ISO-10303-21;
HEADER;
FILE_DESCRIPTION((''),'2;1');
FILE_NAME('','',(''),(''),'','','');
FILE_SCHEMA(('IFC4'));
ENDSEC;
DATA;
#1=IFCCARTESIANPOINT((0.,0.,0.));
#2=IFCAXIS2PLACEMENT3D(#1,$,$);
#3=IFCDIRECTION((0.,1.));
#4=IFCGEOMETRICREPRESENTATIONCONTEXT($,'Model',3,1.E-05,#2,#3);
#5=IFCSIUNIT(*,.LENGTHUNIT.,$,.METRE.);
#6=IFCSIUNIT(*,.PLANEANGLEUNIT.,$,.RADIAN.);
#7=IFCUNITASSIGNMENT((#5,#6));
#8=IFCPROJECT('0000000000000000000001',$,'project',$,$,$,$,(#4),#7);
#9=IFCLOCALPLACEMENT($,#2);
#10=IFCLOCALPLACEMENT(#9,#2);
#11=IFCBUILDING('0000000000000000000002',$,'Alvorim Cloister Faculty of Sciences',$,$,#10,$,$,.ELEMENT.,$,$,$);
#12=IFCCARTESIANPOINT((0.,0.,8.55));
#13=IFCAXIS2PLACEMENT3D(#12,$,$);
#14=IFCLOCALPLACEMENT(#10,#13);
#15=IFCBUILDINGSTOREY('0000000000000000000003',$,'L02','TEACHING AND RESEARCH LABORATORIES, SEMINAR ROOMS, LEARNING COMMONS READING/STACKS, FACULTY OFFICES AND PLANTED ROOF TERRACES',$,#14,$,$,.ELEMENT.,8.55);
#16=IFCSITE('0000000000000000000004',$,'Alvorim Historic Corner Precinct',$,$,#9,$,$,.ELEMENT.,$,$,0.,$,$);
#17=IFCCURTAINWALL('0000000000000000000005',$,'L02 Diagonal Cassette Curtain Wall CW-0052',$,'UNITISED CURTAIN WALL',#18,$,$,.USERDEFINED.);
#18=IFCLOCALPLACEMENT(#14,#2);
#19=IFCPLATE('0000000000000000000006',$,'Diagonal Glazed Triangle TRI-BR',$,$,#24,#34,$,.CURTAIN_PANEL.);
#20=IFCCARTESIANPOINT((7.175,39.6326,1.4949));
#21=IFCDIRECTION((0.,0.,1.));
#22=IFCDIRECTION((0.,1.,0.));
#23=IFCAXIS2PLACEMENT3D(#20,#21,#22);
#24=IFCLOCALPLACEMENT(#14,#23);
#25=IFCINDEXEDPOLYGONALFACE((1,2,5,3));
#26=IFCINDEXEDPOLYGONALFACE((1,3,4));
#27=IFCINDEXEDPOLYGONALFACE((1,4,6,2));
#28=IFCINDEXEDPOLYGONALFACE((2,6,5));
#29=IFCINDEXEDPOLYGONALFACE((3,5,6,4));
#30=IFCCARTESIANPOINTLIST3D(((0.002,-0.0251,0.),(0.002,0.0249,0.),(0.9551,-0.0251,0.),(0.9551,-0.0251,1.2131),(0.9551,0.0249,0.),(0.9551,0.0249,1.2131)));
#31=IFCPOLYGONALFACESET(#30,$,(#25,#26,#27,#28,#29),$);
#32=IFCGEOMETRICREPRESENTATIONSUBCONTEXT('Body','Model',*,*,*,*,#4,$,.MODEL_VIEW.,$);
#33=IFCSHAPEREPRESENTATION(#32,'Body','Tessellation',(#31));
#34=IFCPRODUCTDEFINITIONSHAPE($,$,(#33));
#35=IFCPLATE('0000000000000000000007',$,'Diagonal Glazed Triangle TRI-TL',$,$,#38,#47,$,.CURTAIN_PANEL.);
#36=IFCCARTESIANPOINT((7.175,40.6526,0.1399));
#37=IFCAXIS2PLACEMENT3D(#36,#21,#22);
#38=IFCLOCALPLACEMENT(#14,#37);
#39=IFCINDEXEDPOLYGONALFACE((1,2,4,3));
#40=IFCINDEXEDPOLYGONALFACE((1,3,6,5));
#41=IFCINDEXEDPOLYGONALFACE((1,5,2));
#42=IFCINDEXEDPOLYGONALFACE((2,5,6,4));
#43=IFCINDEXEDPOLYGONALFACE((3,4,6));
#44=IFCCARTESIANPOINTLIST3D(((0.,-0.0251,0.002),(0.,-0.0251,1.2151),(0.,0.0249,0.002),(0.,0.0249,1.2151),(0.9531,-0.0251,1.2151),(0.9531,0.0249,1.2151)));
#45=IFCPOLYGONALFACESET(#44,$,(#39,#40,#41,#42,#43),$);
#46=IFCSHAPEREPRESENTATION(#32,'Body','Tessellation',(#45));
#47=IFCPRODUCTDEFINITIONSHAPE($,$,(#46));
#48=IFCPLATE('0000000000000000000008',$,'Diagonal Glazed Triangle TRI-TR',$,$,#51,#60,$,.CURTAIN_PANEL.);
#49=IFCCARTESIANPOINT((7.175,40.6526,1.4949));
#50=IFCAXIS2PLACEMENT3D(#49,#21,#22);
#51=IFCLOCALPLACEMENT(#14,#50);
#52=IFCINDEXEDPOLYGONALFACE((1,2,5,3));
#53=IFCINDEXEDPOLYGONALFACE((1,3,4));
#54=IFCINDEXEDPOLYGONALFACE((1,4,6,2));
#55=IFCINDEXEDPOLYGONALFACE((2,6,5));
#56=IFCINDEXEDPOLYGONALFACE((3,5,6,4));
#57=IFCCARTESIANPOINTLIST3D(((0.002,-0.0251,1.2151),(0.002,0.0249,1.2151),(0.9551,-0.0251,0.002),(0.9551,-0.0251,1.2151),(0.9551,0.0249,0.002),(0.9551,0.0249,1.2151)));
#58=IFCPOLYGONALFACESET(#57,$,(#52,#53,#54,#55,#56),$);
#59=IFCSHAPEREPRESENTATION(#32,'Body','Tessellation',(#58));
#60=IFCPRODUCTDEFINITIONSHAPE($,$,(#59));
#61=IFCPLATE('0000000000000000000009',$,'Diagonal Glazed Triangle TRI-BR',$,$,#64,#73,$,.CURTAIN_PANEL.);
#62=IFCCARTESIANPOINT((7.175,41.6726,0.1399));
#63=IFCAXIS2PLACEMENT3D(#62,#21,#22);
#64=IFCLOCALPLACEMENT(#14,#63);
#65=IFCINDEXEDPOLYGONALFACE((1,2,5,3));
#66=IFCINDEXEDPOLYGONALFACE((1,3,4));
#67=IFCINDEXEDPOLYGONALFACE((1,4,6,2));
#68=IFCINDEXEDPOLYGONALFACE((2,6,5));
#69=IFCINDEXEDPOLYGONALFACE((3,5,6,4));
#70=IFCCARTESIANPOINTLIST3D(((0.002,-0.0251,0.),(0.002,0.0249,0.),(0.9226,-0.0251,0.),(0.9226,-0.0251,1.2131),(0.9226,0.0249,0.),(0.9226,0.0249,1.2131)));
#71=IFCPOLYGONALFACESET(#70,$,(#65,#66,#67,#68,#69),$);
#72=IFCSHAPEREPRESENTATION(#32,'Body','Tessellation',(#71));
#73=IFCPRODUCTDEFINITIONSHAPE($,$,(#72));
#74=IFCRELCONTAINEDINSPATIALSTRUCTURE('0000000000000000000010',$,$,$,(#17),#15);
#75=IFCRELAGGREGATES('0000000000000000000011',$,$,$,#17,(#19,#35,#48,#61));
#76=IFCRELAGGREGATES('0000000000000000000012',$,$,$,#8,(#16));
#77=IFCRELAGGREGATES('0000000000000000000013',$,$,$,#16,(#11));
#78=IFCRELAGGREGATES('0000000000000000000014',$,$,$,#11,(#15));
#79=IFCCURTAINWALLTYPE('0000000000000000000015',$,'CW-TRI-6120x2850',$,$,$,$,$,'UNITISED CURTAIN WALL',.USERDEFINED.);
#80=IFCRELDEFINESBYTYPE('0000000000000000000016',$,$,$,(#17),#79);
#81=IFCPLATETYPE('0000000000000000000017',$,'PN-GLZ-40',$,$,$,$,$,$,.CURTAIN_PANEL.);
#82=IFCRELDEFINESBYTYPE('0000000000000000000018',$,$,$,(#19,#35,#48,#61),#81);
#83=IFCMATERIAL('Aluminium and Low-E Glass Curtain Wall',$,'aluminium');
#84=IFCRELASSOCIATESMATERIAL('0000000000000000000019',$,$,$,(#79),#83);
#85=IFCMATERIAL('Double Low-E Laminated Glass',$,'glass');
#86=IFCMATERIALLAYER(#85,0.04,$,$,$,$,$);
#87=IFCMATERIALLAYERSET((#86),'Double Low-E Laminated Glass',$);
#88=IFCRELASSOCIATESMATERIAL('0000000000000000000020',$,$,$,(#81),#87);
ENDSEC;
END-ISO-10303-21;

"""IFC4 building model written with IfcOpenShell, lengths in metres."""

from ifc_helpers import new_model, si_unit, direction, frame, origin, place, context, subcontext, project, spatial, polyline, outline, extrude, material, layer, layer_set, type_object, element, aggregate, save


model = new_model("IFC4")

# Units and contexts
model_context = context("Model", 3, precision=1e-05, world=origin(), true_north=direction((0.0, 1.0)))
body_context = subcontext(model_context, "Body", "Model", "MODEL_VIEW")
ifc_project = project(units=[si_unit("LENGTHUNIT", "METRE"), si_unit("PLANEANGLEUNIT", "RADIAN")], contexts=[model_context])

# Site, building, storey
site_placement = place(None, origin())
site = spatial("IfcSite", under=ifc_project, at=site_placement, Name="Alvorim Historic Corner Precinct", CompositionType="ELEMENT", RefElevation=0.0)
building_placement = place(site_placement, origin())
building = spatial("IfcBuilding", under=site, at=building_placement, Name="Alvorim Cloister Faculty of Sciences", CompositionType="ELEMENT")
storey_placement = place(building_placement, frame((0.0, 0.0, 8.55)))
storey = spatial("IfcBuildingStorey", under=building, at=storey_placement, Name="L02", Description="TEACHING AND RESEARCH LABORATORIES, SEMINAR ROOMS, LEARNING COMMONS READING/STACKS, FACULTY OFFICES AND PLANTED ROOF TERRACES", CompositionType="ELEMENT", Elevation=8.55)

# Curtain wall, plates
ifc_material_1 = material(Name="Aluminium and Low-E Glass Curtain Wall", Category="aluminium")
curtain_wall_type = type_object("IfcCurtainWallType", Name="CW-TRI-6120x2850", ElementType="UNITISED CURTAIN WALL", PredefinedType="USERDEFINED", material=ifc_material_1)
curtain_wall_placement = place(storey_placement, origin())
curtain_wall = element("IfcCurtainWall", 1, at=curtain_wall_placement, inside=storey, type_object=curtain_wall_type, Name="L02 Diagonal Cassette Curtain Wall CW-0052", ObjectType="UNITISED CURTAIN WALL", PredefinedType="USERDEFINED")
ifc_material_2 = material(Name="Double Low-E Laminated Glass", Category="glass")
ifc_layer = layer(ifc_material_2, 0.04)
ifc_layer_set = layer_set([ifc_layer], Name="Double Low-E Laminated Glass")
plate_type = type_object("IfcPlateType", Name="PN-GLZ-40", PredefinedType="CURTAIN_PANEL", material=ifc_layer_set)
plate_1_placement = place(storey_placement, frame((7.175, 39.6326, 1.4949), z_axis=(0.0, 0.0, 1.0), x_axis=(0.0, 1.0, 0.0)))
plate_1 = element("IfcPlate", 2, at=plate_1_placement, type_object=plate_type, Name="Diagonal Glazed Triangle TRI-BR", PredefinedType="CURTAIN_PANEL", context=body_context, shape_type="SweptSolid", body=[
    extrude(outline(polyline([(0.002, 0.0), (0.9551, 0.0), (0.9551, 1.2131), (0.002, 0.0)])), frame((0.0, 0.0249, 0.0), z_axis=(0.0, -1.0, 0.0), x_axis=(1.0, 0.0, 0.0)), (0.0, 0.0, 1.0), 0.05),
])
plate_2_placement = place(storey_placement, frame((7.175, 40.6526, 0.1399), z_axis=(0.0, 0.0, 1.0), x_axis=(0.0, 1.0, 0.0)))
plate_2 = element("IfcPlate", 3, at=plate_2_placement, type_object=plate_type, Name="Diagonal Glazed Triangle TRI-TL", PredefinedType="CURTAIN_PANEL", context=body_context, shape_type="SweptSolid", body=[
    extrude(outline(polyline([(0.9531, 1.2151), (0.0, 1.2151), (0.0, 0.002), (0.9531, 1.2151)])), frame((0.0, 0.0249, 0.0), z_axis=(0.0, -1.0, 0.0), x_axis=(1.0, 0.0, 0.0)), (0.0, 0.0, 1.0), 0.05),
])
plate_3_placement = place(storey_placement, frame((7.175, 40.6526, 1.4949), z_axis=(0.0, 0.0, 1.0), x_axis=(0.0, 1.0, 0.0)))
plate_3 = element("IfcPlate", 4, at=plate_3_placement, type_object=plate_type, Name="Diagonal Glazed Triangle TRI-TR", PredefinedType="CURTAIN_PANEL", context=body_context, shape_type="SweptSolid", body=[
    extrude(outline(polyline([(0.9551, 0.002), (0.9551, 1.2151), (0.002, 1.2151), (0.9551, 0.002)])), frame((0.0, 0.0249, 0.0), z_axis=(0.0, -1.0, 0.0), x_axis=(1.0, 0.0, 0.0)), (0.0, 0.0, 1.0), 0.05),
])
plate_4_placement = place(storey_placement, frame((7.175, 41.6726, 0.1399), z_axis=(0.0, 0.0, 1.0), x_axis=(0.0, 1.0, 0.0)))
plate_4 = element("IfcPlate", 5, at=plate_4_placement, type_object=plate_type, Name="Diagonal Glazed Triangle TRI-BR", PredefinedType="CURTAIN_PANEL", context=body_context, shape_type="SweptSolid", body=[
    extrude(outline(polyline([(0.002, 0.0), (0.9226, 0.0), (0.9226, 1.2131), (0.002, 0.0)])), frame((0.0, 0.0249, 0.0), z_axis=(0.0, -1.0, 0.0), x_axis=(1.0, 0.0, 0.0)), (0.0, 0.0, 1.0), 0.05),
])
aggregate(curtain_wall, [plate_1, plate_2, plate_3, plate_4])

save(model, "model.ifc")
